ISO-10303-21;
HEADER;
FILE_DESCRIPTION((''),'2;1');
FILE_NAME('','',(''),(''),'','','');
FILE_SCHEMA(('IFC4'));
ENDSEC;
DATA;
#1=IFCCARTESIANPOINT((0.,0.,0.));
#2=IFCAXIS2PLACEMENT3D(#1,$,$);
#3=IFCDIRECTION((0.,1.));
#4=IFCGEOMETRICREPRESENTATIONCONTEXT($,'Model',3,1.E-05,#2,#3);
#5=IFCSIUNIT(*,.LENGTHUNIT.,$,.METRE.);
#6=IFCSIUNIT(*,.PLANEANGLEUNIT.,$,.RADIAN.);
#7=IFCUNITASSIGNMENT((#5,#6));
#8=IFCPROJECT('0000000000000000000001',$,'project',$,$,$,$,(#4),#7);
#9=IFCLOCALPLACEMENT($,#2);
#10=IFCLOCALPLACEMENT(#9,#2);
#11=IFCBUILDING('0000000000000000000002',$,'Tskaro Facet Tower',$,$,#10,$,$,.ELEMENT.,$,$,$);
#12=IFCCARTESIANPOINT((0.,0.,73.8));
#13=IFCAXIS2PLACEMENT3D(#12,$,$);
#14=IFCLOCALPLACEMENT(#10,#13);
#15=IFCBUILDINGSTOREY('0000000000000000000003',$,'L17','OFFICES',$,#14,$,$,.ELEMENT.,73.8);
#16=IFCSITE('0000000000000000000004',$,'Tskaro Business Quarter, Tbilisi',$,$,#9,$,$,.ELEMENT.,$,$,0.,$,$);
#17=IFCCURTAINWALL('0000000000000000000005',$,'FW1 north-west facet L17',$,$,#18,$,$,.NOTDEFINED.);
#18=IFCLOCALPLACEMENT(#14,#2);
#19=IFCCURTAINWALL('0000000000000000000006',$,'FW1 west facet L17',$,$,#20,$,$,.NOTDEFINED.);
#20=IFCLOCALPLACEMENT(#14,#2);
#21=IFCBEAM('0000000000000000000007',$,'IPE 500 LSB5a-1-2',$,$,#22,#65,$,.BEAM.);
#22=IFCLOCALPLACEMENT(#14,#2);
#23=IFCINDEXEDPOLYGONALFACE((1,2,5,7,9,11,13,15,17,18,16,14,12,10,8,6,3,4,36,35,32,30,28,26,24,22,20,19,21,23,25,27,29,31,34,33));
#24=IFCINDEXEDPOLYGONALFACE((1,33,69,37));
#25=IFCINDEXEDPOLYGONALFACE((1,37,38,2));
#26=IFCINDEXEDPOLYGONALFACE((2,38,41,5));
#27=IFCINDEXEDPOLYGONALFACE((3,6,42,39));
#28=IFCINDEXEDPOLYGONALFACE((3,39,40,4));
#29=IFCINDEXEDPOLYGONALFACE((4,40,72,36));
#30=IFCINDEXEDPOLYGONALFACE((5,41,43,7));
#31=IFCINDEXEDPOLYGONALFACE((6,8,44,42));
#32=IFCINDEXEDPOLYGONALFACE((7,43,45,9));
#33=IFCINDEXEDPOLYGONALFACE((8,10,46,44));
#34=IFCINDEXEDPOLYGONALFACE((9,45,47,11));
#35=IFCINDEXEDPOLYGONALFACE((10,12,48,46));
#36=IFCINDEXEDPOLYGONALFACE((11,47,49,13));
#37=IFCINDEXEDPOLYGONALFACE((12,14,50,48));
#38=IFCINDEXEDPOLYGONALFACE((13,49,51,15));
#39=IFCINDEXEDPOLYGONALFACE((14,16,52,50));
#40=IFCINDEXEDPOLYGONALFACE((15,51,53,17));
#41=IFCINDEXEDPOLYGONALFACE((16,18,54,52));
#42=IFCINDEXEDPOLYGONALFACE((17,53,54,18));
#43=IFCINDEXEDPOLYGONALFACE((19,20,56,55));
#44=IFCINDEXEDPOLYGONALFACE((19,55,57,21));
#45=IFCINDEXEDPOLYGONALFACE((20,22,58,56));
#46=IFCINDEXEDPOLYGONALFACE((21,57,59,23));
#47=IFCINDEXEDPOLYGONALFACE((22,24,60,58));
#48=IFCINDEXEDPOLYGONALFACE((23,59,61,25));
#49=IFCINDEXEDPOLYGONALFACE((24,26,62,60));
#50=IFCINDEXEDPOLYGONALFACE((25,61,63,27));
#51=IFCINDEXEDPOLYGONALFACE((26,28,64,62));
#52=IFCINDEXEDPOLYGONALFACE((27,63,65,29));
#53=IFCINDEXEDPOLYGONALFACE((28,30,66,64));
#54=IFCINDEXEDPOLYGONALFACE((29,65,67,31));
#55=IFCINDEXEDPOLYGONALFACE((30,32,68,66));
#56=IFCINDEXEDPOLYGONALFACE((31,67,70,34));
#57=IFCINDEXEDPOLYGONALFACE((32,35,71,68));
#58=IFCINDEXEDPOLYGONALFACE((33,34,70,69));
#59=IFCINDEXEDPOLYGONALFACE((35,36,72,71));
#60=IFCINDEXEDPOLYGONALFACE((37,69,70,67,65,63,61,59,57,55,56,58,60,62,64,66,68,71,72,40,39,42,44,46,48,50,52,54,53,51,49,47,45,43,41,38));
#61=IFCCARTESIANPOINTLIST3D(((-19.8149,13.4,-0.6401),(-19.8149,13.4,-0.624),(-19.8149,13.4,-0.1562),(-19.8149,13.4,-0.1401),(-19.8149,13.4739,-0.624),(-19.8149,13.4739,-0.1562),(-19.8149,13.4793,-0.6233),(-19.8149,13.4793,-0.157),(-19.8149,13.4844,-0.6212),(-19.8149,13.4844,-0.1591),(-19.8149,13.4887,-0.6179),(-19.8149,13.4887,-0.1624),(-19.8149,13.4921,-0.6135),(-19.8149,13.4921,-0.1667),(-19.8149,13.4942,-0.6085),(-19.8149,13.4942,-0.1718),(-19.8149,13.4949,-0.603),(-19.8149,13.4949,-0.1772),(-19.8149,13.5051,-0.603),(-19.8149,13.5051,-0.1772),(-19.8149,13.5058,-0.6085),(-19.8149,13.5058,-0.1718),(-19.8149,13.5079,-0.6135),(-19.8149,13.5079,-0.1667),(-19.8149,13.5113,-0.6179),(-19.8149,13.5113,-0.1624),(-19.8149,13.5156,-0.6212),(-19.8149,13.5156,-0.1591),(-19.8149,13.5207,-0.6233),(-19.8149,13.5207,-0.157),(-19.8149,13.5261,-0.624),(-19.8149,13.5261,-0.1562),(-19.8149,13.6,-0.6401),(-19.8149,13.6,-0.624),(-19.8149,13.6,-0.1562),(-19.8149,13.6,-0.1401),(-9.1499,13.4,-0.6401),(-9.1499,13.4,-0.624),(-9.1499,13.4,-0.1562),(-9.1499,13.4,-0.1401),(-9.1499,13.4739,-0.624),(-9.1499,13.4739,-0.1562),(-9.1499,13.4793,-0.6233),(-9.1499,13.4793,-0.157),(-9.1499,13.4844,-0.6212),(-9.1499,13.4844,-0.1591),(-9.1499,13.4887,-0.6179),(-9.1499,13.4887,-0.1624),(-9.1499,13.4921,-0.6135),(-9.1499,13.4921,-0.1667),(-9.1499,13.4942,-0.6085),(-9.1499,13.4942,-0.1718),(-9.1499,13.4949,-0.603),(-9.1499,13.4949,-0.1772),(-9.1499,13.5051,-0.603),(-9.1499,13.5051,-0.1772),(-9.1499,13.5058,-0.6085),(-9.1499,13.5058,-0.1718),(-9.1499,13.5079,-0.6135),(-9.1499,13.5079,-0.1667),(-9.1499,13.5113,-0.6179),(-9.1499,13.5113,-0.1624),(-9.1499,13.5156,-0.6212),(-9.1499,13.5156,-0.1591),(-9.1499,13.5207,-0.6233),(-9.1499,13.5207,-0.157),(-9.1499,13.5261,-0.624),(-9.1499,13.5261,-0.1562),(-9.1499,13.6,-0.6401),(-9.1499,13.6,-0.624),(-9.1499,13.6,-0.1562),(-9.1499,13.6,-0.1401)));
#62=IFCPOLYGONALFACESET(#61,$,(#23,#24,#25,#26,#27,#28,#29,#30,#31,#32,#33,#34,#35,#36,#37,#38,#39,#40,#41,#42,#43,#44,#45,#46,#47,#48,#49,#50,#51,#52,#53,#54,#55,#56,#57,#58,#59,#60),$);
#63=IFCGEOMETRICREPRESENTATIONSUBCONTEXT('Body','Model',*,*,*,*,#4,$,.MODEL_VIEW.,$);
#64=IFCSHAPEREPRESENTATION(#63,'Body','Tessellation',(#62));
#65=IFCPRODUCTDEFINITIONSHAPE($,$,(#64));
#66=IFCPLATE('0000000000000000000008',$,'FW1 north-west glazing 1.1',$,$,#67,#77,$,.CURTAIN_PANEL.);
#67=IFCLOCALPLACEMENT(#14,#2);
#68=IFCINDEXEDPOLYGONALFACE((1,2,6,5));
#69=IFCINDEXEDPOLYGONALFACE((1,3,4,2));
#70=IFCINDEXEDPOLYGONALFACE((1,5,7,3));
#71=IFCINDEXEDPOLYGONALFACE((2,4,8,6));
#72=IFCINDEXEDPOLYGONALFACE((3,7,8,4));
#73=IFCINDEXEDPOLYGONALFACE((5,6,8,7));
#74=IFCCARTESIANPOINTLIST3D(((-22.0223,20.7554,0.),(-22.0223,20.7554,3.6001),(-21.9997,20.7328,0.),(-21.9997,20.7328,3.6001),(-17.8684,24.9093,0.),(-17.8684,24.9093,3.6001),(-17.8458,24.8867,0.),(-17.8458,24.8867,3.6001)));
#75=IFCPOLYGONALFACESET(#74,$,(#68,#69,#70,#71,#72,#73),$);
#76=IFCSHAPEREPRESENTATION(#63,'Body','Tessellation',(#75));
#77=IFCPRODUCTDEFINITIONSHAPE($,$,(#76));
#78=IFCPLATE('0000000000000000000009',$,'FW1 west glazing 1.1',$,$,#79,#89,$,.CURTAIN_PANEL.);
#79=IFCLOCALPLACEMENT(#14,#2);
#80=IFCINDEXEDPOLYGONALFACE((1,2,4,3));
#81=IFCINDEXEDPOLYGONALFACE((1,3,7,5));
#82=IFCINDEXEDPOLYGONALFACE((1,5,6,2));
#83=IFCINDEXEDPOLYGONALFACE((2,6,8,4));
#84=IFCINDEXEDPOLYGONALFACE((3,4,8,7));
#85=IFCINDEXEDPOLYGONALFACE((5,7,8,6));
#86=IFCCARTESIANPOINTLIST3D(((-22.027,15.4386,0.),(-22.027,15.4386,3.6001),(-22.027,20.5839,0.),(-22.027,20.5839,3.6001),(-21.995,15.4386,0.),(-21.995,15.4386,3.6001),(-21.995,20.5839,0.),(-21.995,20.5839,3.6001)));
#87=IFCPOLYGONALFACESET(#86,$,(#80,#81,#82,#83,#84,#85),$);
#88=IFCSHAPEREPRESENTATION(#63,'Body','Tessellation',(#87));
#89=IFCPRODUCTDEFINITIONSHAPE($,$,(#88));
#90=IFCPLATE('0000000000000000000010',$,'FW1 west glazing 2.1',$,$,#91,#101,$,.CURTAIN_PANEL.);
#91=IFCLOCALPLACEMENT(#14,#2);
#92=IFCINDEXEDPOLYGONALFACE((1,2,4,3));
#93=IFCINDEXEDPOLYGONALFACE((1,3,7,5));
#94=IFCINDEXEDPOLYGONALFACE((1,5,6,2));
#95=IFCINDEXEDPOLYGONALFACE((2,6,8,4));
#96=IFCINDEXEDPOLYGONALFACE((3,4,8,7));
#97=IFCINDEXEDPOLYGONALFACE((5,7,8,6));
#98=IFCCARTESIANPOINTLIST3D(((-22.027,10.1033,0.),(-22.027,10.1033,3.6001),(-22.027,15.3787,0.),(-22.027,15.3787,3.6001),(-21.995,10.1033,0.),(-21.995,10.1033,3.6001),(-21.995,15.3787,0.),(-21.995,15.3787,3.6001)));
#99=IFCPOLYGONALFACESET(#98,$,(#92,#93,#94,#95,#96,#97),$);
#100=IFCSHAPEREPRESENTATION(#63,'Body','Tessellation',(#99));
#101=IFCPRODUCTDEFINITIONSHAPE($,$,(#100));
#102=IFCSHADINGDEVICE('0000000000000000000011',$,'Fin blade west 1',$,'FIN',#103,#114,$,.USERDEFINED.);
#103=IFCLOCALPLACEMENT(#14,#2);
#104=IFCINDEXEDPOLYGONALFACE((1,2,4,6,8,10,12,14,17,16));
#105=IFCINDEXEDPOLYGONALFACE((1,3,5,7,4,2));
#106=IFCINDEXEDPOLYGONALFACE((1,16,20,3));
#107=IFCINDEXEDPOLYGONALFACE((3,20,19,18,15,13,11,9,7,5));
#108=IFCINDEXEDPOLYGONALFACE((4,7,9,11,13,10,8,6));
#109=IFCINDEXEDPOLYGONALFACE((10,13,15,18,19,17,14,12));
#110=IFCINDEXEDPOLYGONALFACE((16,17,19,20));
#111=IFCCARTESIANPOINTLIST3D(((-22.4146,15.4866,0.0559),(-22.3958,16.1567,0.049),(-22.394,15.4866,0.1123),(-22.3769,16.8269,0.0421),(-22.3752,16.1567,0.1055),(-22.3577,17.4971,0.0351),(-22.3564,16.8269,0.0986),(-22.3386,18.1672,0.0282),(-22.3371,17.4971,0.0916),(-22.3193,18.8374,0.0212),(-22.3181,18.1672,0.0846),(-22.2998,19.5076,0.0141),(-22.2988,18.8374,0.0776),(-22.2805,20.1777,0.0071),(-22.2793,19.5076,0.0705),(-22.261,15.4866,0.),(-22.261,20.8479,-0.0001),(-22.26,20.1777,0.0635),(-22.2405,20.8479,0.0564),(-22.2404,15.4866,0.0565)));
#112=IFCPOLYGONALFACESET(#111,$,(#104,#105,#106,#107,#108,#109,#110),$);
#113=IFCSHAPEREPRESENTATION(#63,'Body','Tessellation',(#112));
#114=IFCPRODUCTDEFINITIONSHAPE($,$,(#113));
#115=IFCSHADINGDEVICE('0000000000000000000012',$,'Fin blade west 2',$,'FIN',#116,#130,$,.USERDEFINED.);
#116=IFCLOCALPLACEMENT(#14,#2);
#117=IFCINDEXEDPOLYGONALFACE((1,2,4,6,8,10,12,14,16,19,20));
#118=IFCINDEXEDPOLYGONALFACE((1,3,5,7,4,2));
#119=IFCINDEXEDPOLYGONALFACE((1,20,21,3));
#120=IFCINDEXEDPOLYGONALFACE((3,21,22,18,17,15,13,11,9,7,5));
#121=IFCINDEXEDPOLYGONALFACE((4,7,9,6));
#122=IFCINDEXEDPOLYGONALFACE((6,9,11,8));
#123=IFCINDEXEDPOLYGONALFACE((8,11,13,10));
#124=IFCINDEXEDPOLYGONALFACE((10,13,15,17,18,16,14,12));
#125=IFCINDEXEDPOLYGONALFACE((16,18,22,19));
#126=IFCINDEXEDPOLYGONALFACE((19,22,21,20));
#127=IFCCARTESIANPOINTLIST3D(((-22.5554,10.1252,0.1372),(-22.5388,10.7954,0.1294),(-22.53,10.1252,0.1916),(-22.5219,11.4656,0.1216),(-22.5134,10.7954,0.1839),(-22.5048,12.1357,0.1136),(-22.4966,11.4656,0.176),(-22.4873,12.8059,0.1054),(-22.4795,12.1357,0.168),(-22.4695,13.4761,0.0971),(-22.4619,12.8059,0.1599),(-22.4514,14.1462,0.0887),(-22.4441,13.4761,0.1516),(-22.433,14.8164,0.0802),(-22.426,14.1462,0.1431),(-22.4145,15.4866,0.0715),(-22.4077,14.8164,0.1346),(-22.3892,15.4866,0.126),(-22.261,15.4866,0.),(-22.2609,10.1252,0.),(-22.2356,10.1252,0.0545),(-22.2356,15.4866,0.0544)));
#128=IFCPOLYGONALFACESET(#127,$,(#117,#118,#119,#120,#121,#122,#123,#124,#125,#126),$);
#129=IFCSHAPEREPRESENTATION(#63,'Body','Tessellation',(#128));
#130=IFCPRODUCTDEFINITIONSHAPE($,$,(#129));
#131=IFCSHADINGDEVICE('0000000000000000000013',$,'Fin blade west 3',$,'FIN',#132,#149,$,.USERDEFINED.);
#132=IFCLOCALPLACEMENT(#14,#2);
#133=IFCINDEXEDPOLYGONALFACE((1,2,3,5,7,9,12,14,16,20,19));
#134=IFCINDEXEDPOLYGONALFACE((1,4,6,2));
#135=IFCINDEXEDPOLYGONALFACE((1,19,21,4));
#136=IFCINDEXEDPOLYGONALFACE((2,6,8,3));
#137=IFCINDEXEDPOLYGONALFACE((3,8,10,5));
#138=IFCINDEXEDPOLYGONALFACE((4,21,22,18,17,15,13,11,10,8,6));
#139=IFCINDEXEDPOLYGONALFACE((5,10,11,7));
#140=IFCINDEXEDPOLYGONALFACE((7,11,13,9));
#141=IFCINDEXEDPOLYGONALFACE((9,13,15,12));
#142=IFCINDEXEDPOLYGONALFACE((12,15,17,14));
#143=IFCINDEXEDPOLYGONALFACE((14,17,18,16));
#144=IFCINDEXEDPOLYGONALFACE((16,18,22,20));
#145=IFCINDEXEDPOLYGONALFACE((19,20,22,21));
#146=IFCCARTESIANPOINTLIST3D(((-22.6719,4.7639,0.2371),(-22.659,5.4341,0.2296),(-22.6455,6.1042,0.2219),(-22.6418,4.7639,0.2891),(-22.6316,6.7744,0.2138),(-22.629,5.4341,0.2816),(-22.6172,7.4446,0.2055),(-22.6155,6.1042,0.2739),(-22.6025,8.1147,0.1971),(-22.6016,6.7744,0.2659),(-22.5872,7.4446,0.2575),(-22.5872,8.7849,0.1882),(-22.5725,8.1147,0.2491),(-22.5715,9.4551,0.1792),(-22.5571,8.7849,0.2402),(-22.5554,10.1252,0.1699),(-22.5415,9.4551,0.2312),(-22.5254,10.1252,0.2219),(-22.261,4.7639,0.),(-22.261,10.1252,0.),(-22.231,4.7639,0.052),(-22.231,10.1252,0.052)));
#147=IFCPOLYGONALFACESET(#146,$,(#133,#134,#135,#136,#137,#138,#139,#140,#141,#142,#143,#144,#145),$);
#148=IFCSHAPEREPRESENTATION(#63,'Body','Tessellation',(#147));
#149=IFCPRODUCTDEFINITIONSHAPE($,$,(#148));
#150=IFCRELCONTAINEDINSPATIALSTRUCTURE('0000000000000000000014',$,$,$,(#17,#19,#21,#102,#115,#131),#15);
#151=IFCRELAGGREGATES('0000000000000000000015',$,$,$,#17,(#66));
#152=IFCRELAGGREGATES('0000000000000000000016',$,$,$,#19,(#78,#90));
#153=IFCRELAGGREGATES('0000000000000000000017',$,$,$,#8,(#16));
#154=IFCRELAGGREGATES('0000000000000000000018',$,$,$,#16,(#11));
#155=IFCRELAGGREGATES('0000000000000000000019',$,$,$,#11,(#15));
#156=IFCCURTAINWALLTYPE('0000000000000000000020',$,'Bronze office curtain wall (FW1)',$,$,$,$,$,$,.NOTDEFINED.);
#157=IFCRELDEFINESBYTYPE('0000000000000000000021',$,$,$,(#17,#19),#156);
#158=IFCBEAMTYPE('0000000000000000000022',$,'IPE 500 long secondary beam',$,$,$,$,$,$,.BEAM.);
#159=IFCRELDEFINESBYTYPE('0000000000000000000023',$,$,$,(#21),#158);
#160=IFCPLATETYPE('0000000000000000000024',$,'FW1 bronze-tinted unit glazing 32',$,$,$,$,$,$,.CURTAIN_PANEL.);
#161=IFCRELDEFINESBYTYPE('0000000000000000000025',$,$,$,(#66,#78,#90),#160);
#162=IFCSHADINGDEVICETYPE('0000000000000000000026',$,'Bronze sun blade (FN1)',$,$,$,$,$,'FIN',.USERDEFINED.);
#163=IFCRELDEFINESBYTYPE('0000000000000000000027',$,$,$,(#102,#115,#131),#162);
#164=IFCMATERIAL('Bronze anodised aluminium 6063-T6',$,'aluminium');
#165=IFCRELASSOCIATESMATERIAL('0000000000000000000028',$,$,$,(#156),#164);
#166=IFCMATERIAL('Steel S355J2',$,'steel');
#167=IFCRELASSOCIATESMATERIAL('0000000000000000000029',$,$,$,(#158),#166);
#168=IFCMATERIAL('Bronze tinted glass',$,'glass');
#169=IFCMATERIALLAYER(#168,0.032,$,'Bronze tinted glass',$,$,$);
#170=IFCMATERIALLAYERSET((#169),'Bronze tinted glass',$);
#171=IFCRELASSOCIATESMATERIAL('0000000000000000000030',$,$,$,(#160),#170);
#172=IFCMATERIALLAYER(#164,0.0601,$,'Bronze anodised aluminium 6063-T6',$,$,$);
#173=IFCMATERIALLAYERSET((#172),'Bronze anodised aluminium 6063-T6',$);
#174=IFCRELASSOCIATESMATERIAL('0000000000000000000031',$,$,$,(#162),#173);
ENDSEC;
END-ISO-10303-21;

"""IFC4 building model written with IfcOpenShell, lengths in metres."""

from ifc_helpers import new_model, si_unit, direction, frame, origin, origin_2d, place, context, subcontext, project, spatial, polyline, rectangle, i_section, outline, extrude, material, layer, layer_set, material_profile, profile_set, type_object, element, aggregate, save


model = new_model("IFC4")

# Units and contexts
model_context = context("Model", 3, precision=1e-05, world=origin(), true_north=direction((0.0, 1.0)))
body_context = subcontext(model_context, "Body", "Model", "MODEL_VIEW")
ifc_project = project(units=[si_unit("LENGTHUNIT", "METRE"), si_unit("PLANEANGLEUNIT", "RADIAN")], contexts=[model_context])

# Site, building, storey
site_placement = place(None, origin())
site = spatial("IfcSite", under=ifc_project, at=site_placement, Name="Tskaro Business Quarter, Tbilisi", CompositionType="ELEMENT", RefElevation=0.0)
building_placement = place(site_placement, origin())
building = spatial("IfcBuilding", under=site, at=building_placement, Name="Tskaro Facet Tower", CompositionType="ELEMENT")
storey_placement = place(building_placement, frame((0.0, 0.0, 73.8)))
storey = spatial("IfcBuildingStorey", under=building, at=storey_placement, Name="L17", Description="OFFICES", CompositionType="ELEMENT", Elevation=73.8)

# Curtain wall
ifc_material_1 = material(Name="Bronze anodised aluminium 6063-T6", Category="aluminium")
curtain_wall_type = type_object("IfcCurtainWallType", Name="Bronze office curtain wall (FW1)", PredefinedType="NOTDEFINED", material=ifc_material_1)
curtain_wall_1_placement = place(storey_placement, origin())
curtain_wall_1 = element("IfcCurtainWall", 1, at=curtain_wall_1_placement, inside=storey, type_object=curtain_wall_type, Name="FW1 north-west facet L17", PredefinedType="NOTDEFINED")

# Curtain wall
curtain_wall_2_placement = place(storey_placement, origin())
curtain_wall_2 = element("IfcCurtainWall", 2, at=curtain_wall_2_placement, inside=storey, type_object=curtain_wall_type, Name="FW1 west facet L17", PredefinedType="NOTDEFINED")

# Beam
ifc_material_2 = material(Name="Steel S355J2", Category="steel")
ifc_material_profile_1 = material_profile(ifc_material_2, i_section(OverallWidth=0.2, OverallDepth=0.5, WebThickness=0.0103, FlangeThickness=0.0161, FilletRadius=0.021, at=origin_2d()), Name="IPE 500")
ifc_profile_set_1 = profile_set([ifc_material_profile_1], Name="Steel S355J2")
beam_type_1 = type_object("IfcBeamType", Name="IPE 500 long secondary beam", PredefinedType="BEAM", material=ifc_profile_set_1)
beam_1_placement = place(storey_placement, frame((-19.8149, 13.5, -0.3901), z_axis=(1.0, 0.0, 0.0), x_axis=(0.0, 1.0, 0.0)))
element("IfcBeam", 3, at=beam_1_placement, inside=storey, type_object=beam_type_1, Name="IPE 500 LSB5a-1-2", PredefinedType="BEAM", context=body_context, shape_type="SweptSolid", body=[
    extrude(i_section(OverallWidth=0.2, OverallDepth=0.5, WebThickness=0.0103, FlangeThickness=0.0161, FilletRadius=0.021, at=origin_2d()), origin(), (0.0, 0.0, 1.0), 10.665),
])

# Plates
ifc_material_3 = material(Name="Bronze tinted glass", Category="glass")
ifc_layer_1 = layer(ifc_material_3, 0.032, Name="Bronze tinted glass")
ifc_layer_set_1 = layer_set([ifc_layer_1], Name="Bronze tinted glass")
plate_type = type_object("IfcPlateType", Name="FW1 bronze-tinted unit glazing 32", PredefinedType="CURTAIN_PANEL", material=ifc_layer_set_1)
plate_1_placement = place(storey_placement, frame((-19.9341, 22.821, 0.0), z_axis=(0.0, 0.0, 1.0), x_axis=(-0.707107, -0.707107, 0.0)))
plate_1 = element("IfcPlate", 4, at=plate_1_placement, type_object=plate_type, Name="FW1 north-west glazing 1.1", PredefinedType="CURTAIN_PANEL", context=body_context, shape_type="SweptSolid", body=[
    extrude(rectangle(XDim=5.8745, YDim=0.032, at=origin_2d()), origin(), (0.0, 0.0, 1.0), 3.6001),
])
aggregate(curtain_wall_1, [plate_1])
plate_2_placement = place(storey_placement, frame((-22.011, 18.0112, 0.0), z_axis=(0.0, 0.0, 1.0), x_axis=(0.0, -1.0, 0.0)))
plate_2 = element("IfcPlate", 5, at=plate_2_placement, type_object=plate_type, Name="FW1 west glazing 1.1", PredefinedType="CURTAIN_PANEL", context=body_context, shape_type="SweptSolid", body=[
    extrude(rectangle(XDim=5.1453, YDim=0.032, at=origin_2d()), origin(), (0.0, 0.0, 1.0), 3.6001),
])
plate_3_placement = place(storey_placement, frame((-22.011, 12.741, 0.0), z_axis=(0.0, 0.0, 1.0), x_axis=(0.0, -1.0, 0.0)))
plate_3 = element("IfcPlate", 6, at=plate_3_placement, type_object=plate_type, Name="FW1 west glazing 2.1", PredefinedType="CURTAIN_PANEL", context=body_context, shape_type="SweptSolid", body=[
    extrude(rectangle(XDim=5.2754, YDim=0.032, at=origin_2d()), origin(), (0.0, 0.0, 1.0), 3.6001),
])
aggregate(curtain_wall_2, [plate_2, plate_3])

# Shading devices
ifc_layer_2 = layer(ifc_material_1, 0.0601, Name="Bronze anodised aluminium 6063-T6")
ifc_layer_set_2 = layer_set([ifc_layer_2], Name="Bronze anodised aluminium 6063-T6")
shading_device_type = type_object("IfcShadingDeviceType", Name="Bronze sun blade (FN1)", ElementType="FIN", PredefinedType="USERDEFINED", material=ifc_layer_set_2)
shading_device_1_placement = place(storey_placement, frame((-22.2405, 20.8479, 0.0564), z_axis=(0.34149, 0.00002, 0.939885), x_axis=(0.000007, -1.0, 0.000019)))
element("IfcShadingDevice", 7, at=shading_device_1_placement, inside=storey, type_object=shading_device_type, Name="Fin blade west 1", ObjectType="FIN", PredefinedType="USERDEFINED", context=body_context, shape_type="SweptSolid", body=[
    extrude(outline(polyline([(0.0, 0.0), (5.3613, 0.0), (5.3613, -0.1634), (4.6912, -0.1434), (4.021, -0.1233), (3.3508, -0.1029), (2.6807, -0.0826), (2.0105, -0.0621), (1.3403, -0.0413), (0.6702, -0.0208), (0.0, 0.0)])), origin(), (0.0, 0.0, -1.0), 0.0601),
])
shading_device_2_placement = place(storey_placement, frame((-22.2356, 15.4866, 0.0544), z_axis=(0.422187, 0.000008, 0.906509), x_axis=(0.000003, -1.0, 0.000007)))
element("IfcShadingDevice", 8, at=shading_device_2_placement, inside=storey, type_object=shading_device_type, Name="Fin blade west 2", ObjectType="FIN", PredefinedType="USERDEFINED", context=body_context, shape_type="SweptSolid", body=[
    extrude(outline(polyline([(0.0, 0.0), (5.3613, 0.0), (5.3613, -0.3248), (4.6912, -0.3065), (4.021, -0.2879), (3.3508, -0.269), (2.6807, -0.2497), (2.0105, -0.23), (1.3403, -0.21), (0.6702, -0.1898), (0.0, -0.1694), (0.0, 0.0)])), origin(), (0.0, 0.0, -1.0), 0.0601),
])
shading_device_3_placement = place(storey_placement, frame((-22.231, 10.1252, 0.052), z_axis=(0.499827, -0.000006, 0.866125), x_axis=(-0.000003, -1.0, -0.000005)))
element("IfcShadingDevice", 9, at=shading_device_3_placement, inside=storey, type_object=shading_device_type, Name="Fin blade west 3", ObjectType="FIN", PredefinedType="USERDEFINED", context=body_context, shape_type="SweptSolid", body=[
    extrude(outline(polyline([(0.0, 0.0), (5.3613, 0.0), (5.3613, -0.4744), (4.6912, -0.4595), (4.021, -0.444), (3.3508, -0.4279), (2.6807, -0.4113), (2.0105, -0.3943), (1.3403, -0.3766), (0.6702, -0.3585), (0.0, -0.3399), (0.0, 0.0)])), origin(), (0.0, 0.0, -1.0), 0.0601),
])

save(model, "model.ifc")
